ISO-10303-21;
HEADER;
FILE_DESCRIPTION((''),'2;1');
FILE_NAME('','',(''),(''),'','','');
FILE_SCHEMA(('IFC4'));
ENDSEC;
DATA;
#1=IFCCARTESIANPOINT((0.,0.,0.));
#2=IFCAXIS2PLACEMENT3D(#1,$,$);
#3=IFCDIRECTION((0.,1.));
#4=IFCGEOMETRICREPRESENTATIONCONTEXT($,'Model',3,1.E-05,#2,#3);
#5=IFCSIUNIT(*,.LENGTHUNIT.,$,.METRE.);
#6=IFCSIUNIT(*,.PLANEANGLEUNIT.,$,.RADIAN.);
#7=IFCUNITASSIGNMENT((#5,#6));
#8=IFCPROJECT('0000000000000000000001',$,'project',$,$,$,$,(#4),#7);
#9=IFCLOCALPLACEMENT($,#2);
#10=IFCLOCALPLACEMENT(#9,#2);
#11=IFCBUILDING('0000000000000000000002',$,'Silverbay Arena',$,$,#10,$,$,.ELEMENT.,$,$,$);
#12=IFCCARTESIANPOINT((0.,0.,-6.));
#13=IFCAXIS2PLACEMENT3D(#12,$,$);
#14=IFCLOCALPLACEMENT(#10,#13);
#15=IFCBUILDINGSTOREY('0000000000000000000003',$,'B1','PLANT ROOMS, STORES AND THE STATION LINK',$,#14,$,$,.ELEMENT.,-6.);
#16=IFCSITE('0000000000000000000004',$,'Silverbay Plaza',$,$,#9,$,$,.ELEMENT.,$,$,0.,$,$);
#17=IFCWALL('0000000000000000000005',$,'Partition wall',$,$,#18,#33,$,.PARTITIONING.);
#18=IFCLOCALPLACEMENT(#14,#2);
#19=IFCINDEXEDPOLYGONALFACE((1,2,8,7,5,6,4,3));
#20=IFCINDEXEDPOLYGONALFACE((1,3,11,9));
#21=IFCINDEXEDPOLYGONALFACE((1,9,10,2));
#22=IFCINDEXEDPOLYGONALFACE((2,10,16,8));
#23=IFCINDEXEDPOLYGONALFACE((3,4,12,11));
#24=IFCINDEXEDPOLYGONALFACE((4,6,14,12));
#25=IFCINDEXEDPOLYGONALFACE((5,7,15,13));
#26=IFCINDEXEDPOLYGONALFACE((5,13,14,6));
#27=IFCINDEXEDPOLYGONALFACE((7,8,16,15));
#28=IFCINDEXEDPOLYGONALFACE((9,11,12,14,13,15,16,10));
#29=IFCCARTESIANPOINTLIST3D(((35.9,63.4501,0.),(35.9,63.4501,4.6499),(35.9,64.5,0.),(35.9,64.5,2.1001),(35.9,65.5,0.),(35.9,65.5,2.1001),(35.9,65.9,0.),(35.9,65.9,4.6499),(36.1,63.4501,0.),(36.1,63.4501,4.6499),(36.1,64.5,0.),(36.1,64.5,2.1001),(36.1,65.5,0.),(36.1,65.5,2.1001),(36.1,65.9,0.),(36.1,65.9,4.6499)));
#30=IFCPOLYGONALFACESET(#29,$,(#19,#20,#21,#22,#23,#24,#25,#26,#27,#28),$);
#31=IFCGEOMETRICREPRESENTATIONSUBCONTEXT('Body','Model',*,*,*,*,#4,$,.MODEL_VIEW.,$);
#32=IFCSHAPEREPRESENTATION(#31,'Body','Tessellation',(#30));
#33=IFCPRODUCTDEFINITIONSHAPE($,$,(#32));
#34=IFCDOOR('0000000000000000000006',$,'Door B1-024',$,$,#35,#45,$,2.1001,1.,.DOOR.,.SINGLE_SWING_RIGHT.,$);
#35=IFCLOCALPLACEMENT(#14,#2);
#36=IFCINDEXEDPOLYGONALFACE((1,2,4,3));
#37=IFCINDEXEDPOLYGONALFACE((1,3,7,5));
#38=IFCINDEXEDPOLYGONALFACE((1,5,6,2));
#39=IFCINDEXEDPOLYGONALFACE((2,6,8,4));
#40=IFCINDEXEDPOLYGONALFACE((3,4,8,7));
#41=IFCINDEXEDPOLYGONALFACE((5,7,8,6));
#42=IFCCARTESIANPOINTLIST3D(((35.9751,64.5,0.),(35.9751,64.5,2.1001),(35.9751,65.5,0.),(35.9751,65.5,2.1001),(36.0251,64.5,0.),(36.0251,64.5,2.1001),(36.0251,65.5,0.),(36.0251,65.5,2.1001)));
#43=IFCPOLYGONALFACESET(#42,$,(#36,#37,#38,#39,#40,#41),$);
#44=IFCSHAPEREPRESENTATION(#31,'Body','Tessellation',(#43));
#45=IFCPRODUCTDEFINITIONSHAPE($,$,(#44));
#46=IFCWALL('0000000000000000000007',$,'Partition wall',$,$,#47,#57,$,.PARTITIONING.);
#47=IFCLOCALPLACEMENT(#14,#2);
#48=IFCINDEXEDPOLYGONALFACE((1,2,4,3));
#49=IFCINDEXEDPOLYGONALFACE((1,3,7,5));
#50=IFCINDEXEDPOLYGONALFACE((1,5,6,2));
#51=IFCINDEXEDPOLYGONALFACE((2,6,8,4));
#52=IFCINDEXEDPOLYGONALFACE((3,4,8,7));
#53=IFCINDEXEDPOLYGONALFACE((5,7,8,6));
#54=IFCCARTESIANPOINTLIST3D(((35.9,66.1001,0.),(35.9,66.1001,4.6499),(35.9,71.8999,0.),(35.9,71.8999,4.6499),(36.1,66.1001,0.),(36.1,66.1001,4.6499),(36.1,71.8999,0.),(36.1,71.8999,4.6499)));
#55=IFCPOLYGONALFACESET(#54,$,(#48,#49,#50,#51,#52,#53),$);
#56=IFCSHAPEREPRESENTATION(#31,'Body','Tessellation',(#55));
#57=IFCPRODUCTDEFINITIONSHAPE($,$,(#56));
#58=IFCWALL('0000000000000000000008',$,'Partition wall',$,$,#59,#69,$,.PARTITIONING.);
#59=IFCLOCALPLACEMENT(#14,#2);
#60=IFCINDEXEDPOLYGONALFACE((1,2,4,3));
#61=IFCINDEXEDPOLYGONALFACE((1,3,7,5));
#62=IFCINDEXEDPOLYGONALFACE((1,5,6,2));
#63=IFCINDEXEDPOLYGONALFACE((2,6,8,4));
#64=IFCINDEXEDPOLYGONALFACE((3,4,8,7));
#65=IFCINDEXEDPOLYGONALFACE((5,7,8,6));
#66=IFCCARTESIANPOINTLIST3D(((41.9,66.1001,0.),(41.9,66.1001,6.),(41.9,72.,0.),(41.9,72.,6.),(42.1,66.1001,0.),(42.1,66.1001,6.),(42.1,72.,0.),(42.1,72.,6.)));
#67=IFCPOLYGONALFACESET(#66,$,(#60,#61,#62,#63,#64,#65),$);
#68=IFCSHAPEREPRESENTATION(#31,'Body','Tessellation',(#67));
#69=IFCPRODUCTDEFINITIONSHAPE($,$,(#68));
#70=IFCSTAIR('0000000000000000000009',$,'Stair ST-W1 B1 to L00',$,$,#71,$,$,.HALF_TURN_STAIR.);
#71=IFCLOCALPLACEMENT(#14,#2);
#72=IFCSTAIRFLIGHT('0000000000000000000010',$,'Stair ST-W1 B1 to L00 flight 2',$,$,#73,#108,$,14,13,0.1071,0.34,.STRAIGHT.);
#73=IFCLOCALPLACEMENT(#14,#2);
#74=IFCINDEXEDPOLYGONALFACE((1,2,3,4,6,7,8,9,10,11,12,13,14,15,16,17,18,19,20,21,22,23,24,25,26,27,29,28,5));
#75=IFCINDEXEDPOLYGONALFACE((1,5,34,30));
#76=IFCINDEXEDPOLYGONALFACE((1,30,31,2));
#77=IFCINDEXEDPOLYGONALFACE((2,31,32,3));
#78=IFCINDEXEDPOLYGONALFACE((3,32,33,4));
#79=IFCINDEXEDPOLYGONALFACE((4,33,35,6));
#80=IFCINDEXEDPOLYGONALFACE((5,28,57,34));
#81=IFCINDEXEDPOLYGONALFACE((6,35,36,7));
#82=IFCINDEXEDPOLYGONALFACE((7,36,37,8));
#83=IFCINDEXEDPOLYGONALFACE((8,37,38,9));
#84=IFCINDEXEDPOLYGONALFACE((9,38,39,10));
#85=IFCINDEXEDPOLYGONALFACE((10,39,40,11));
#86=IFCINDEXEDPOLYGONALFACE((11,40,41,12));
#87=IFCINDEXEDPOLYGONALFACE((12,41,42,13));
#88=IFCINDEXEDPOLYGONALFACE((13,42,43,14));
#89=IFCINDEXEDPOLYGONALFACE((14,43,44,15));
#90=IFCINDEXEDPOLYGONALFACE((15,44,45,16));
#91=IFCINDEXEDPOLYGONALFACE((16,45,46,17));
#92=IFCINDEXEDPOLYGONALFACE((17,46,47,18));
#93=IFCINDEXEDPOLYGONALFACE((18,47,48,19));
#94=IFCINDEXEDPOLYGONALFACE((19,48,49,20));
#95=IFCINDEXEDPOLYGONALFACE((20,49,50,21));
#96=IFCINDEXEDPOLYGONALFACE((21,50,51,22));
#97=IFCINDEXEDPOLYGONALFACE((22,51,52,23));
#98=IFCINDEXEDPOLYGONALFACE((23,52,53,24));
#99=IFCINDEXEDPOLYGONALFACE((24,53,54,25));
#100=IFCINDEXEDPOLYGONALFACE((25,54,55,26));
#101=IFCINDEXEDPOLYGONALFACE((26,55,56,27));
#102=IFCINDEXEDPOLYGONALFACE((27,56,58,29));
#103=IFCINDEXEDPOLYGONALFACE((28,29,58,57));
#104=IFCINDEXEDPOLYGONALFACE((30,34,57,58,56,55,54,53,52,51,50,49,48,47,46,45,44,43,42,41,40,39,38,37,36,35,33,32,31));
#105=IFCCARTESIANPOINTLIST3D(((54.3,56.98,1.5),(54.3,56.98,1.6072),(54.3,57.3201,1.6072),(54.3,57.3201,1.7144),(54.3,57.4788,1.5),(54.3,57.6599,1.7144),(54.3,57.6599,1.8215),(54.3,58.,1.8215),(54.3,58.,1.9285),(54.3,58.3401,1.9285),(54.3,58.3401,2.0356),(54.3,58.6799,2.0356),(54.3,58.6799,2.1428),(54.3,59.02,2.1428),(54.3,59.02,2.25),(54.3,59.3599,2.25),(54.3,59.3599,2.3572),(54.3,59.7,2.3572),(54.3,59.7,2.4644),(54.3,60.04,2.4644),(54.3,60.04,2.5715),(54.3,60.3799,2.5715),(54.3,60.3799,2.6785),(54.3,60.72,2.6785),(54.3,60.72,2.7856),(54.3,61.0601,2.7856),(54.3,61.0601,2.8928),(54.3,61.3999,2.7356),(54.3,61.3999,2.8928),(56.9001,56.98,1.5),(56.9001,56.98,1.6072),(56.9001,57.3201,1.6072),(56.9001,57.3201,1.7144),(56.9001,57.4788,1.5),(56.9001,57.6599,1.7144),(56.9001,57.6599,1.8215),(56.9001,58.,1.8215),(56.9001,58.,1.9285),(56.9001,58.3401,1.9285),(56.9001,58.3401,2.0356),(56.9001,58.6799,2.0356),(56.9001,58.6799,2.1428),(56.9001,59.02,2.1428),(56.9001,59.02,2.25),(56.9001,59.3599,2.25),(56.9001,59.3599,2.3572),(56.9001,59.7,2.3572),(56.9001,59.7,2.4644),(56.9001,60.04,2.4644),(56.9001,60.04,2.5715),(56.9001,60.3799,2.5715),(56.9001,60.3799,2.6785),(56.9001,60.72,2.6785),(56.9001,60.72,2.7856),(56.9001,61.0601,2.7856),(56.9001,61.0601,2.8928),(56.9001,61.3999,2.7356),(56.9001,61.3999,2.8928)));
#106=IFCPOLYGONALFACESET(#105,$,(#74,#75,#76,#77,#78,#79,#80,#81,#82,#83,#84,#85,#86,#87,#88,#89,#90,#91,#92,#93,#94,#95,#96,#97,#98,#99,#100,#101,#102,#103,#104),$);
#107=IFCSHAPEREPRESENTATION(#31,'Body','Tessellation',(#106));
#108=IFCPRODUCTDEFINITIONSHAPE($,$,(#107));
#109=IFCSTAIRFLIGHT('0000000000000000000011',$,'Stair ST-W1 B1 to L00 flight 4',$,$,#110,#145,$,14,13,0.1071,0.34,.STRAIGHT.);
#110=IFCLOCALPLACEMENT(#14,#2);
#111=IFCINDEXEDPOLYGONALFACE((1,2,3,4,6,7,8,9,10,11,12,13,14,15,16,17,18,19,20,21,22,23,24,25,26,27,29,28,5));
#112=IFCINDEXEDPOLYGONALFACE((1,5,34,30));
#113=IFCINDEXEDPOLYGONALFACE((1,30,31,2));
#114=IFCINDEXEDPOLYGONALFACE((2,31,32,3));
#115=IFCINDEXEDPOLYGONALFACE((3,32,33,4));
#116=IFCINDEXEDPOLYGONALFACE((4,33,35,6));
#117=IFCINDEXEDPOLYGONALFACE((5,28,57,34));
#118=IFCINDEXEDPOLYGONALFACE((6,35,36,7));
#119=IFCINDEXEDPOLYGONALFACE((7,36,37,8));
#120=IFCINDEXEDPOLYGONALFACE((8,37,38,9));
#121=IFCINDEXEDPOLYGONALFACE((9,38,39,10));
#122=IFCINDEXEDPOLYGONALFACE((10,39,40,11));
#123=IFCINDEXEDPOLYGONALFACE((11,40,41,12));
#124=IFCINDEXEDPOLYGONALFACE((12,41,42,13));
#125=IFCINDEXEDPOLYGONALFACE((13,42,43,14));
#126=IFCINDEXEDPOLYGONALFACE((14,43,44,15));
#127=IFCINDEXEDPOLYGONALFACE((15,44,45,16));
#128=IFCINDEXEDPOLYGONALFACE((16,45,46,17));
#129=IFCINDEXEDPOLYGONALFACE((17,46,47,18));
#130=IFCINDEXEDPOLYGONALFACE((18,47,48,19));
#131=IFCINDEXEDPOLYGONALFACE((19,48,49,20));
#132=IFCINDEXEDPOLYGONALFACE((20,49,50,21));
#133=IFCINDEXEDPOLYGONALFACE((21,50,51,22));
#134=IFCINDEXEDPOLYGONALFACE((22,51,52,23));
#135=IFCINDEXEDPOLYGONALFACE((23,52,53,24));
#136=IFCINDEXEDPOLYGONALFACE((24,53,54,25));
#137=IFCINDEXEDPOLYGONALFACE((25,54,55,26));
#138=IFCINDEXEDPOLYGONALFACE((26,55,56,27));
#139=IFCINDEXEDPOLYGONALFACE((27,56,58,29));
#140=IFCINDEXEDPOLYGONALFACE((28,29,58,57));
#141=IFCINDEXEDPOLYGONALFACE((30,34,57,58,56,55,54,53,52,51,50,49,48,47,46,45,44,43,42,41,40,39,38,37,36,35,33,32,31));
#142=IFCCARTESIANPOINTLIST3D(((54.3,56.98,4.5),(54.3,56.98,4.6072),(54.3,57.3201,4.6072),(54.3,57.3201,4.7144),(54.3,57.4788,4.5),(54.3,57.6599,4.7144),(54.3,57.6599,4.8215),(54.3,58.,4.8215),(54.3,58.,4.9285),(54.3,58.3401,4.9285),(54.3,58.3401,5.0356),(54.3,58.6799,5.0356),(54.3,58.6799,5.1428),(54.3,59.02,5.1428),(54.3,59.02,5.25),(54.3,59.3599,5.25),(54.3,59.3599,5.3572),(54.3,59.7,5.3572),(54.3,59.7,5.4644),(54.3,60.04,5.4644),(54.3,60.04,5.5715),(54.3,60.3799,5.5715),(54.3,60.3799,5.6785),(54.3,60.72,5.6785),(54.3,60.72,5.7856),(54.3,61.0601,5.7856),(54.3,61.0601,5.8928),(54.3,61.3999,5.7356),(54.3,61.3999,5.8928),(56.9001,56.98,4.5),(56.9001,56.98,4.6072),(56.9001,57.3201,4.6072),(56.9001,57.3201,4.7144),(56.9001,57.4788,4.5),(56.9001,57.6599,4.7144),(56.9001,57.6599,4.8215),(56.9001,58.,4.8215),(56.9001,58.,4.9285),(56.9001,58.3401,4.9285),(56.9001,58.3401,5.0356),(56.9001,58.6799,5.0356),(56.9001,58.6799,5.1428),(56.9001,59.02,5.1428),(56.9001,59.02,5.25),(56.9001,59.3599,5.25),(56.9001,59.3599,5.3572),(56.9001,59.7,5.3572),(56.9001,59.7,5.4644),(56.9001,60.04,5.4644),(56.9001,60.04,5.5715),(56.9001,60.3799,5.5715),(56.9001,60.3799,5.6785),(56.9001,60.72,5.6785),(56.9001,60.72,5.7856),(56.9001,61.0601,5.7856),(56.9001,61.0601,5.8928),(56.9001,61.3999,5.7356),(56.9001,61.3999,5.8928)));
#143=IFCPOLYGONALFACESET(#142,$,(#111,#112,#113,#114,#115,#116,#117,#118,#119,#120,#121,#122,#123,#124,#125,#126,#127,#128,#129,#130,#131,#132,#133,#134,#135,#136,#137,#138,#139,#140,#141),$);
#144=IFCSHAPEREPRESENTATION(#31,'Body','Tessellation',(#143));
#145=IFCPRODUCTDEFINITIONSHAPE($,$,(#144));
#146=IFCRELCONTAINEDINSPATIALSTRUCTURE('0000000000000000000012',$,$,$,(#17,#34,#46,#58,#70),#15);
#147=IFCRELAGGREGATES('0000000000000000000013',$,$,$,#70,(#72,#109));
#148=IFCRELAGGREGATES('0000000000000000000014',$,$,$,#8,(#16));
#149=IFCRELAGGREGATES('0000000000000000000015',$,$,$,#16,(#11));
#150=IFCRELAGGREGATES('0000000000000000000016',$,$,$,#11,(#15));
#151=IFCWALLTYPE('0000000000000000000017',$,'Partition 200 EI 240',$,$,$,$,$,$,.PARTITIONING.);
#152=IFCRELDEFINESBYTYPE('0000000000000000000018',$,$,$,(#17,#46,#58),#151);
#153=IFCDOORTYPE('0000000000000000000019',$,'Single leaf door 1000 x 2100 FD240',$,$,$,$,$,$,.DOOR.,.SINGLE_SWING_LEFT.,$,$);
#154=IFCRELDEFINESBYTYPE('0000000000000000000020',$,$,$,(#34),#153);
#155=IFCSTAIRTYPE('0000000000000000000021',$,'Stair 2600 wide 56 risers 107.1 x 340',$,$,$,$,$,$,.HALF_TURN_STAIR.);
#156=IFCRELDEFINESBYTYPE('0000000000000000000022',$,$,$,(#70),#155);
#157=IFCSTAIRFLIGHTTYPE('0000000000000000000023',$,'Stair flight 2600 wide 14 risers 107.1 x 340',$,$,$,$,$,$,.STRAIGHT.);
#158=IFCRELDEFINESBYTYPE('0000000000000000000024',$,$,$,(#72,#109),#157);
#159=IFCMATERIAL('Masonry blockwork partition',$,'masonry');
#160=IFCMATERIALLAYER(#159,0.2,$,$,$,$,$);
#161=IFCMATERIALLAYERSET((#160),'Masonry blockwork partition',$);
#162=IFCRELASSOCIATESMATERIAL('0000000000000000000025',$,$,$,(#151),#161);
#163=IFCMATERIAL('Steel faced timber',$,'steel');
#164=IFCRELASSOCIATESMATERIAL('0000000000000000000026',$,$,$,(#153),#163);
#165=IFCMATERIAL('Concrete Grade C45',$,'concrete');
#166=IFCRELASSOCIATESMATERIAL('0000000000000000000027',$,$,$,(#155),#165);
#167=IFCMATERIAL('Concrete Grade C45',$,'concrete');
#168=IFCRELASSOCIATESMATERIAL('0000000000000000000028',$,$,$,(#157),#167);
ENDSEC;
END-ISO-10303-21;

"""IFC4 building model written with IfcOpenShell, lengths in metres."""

from ifc_helpers import new_model, si_unit, direction, frame, frame_2d, origin, place, context, subcontext, project, spatial, polyline, rectangle, outline, extrude, material, layer, layer_set, type_object, element, fill, aggregate, save


model = new_model("IFC4")

# Units and contexts
model_context = context("Model", 3, precision=1e-05, world=origin(), true_north=direction((0.0, 1.0)))
body_context = subcontext(model_context, "Body", "Model", "MODEL_VIEW")
ifc_project = project(units=[si_unit("LENGTHUNIT", "METRE"), si_unit("PLANEANGLEUNIT", "RADIAN")], contexts=[model_context])

# Site, building, storey
site_placement = place(None, origin())
site = spatial("IfcSite", under=ifc_project, at=site_placement, Name="Silverbay Plaza", CompositionType="ELEMENT", RefElevation=0.0)
building_placement = place(site_placement, origin())
building = spatial("IfcBuilding", under=site, at=building_placement, Name="Silverbay Arena", CompositionType="ELEMENT")
storey_placement = place(building_placement, frame((0.0, 0.0, -6.0)))
storey = spatial("IfcBuildingStorey", under=building, at=storey_placement, Name="B1", Description="PLANT ROOMS, STORES AND THE STATION LINK", CompositionType="ELEMENT", Elevation=-6.0)

# Shared definitions
ifc_material_1 = material(Name="Masonry blockwork partition", Category="masonry")
ifc_layer_1 = layer(ifc_material_1, 0.2)
ifc_layer_set_1 = layer_set([ifc_layer_1], Name="Masonry blockwork partition")
wall_type_1 = type_object("IfcWallType", Name="Partition 200 EI 240", PredefinedType="PARTITIONING", material=ifc_layer_set_1)

# Wall, opening, door
wall_1_placement = place(storey_placement, frame((36.0, 63.45, 0.0), z_axis=(0.0, 0.0, 1.0), x_axis=(0.0, 1.0, 0.0)))
wall_1 = element("IfcWall", 1, at=wall_1_placement, inside=storey, type_object=wall_type_1, Name="Partition wall", PredefinedType="PARTITIONING", context=body_context, shape_type="SweptSolid", body=[
    extrude(rectangle(XDim=2.45, YDim=0.2, at=frame_2d((1.2251, 0.0))), origin(), (0.0, 0.0, 1.0), 4.6499),
])
opening_1_placement = place(wall_1_placement, frame((1.05, 0.0, 0.0)))
opening_1 = element("IfcOpeningElement", 2, at=opening_1_placement, cuts=wall_1, PredefinedType="OPENING", context=body_context, shape_type="SweptSolid", body=[
    extrude(rectangle(XDim=1.0, YDim=2.1001, at=frame_2d((0.5, 1.05))), frame((0.0, 0.1099, 0.0), z_axis=(0.0, -1.0, 0.0), x_axis=(1.0, 0.0, 0.0)), (0.0, 0.0, 1.0), 0.22),
])
ifc_material_2 = material(Name="Steel faced timber", Category="steel")
door_type_1 = type_object("IfcDoorType", Name="Single leaf door 1000 x 2100 FD240", OperationType="SINGLE_SWING_LEFT", PredefinedType="DOOR", material=ifc_material_2)
door_1_placement = place(opening_1_placement, origin())
door_1 = element("IfcDoor", 3, at=door_1_placement, inside=storey, type_object=door_type_1, Name="Door B1-024", OperationType="SINGLE_SWING_RIGHT", OverallHeight=2.1001, OverallWidth=1.0, PredefinedType="DOOR", context=body_context, shape_type="SweptSolid", body=[
    extrude(rectangle(XDim=1.0, YDim=2.1001, at=frame_2d((0.5, 1.05))), frame((0.0, 0.0249, 0.0), z_axis=(0.0, -1.0, 0.0), x_axis=(1.0, 0.0, 0.0)), (0.0, 0.0, 1.0), 0.05),
])
fill(opening_1, door_1)

# Walls
wall_2_placement = place(storey_placement, frame((36.0, 66.1001, 0.0), z_axis=(0.0, 0.0, 1.0), x_axis=(0.0, 1.0, 0.0)))
element("IfcWall", 4, at=wall_2_placement, inside=storey, type_object=wall_type_1, Name="Partition wall", PredefinedType="PARTITIONING", context=body_context, shape_type="SweptSolid", body=[
    extrude(rectangle(XDim=5.7998, YDim=0.2, at=frame_2d((2.8999, 0.0))), origin(), (0.0, 0.0, 1.0), 4.6499),
])
wall_3_placement = place(storey_placement, frame((42.0, 66.1001, 0.0), z_axis=(0.0, 0.0, 1.0), x_axis=(0.0, 1.0, 0.0)))
element("IfcWall", 5, at=wall_3_placement, inside=storey, type_object=wall_type_1, Name="Partition wall", PredefinedType="PARTITIONING", context=body_context, shape_type="SweptSolid", body=[
    extrude(rectangle(XDim=5.8999, YDim=0.2, at=frame_2d((2.95, 0.0))), origin(), (0.0, 0.0, 1.0), 6.0),
])

# Stair, stair flights
ifc_material_3 = material(Name="Concrete Grade C45", Category="concrete")
stair_type = type_object("IfcStairType", Name="Stair 2600 wide 56 risers 107.1 x 340", PredefinedType="HALF_TURN_STAIR", material=ifc_material_3)
stair_placement = place(storey_placement, origin())
stair = element("IfcStair", 6, at=stair_placement, inside=storey, type_object=stair_type, Name="Stair ST-W1 B1 to L00", PredefinedType="HALF_TURN_STAIR")
ifc_material_4 = material(Name="Concrete Grade C45", Category="concrete")
stair_flight_type = type_object("IfcStairFlightType", Name="Stair flight 2600 wide 14 risers 107.1 x 340", PredefinedType="STRAIGHT", material=ifc_material_4)
stair_flight_1_placement = place(storey_placement, frame((55.6001, 56.98, 1.5), z_axis=(0.0, 0.0, 1.0), x_axis=(0.0, 1.0, 0.0)))
stair_flight_1 = element("IfcStairFlight", 7, at=stair_flight_1_placement, type_object=stair_flight_type, Name="Stair ST-W1 B1 to L00 flight 2", NumberOfRisers=14, NumberOfTreads=13, PredefinedType="STRAIGHT", RiserHeight=0.1071, TreadLength=0.34, context=body_context, shape_type="SweptSolid", body=[
    extrude(outline(polyline([(0.0, 0.0), (0.0, 0.1072), (0.3401, 0.1072), (0.3401, 0.2144), (0.6799, 0.2144), (0.6799, 0.3215), (1.02, 0.3215), (1.02, 0.4285), (1.3601, 0.4285), (1.3601, 0.5356), (1.7, 0.5356), (1.7, 0.6428), (2.04, 0.6428), (2.04, 0.75), (2.3799, 0.75), (2.3799, 0.8572), (2.72, 0.8572), (2.72, 0.9644), (3.0601, 0.9644), (3.0601, 1.0715), (3.3999, 1.0715), (3.3999, 1.1785), (3.74, 1.1785), (3.74, 1.2856), (4.0801, 1.2856), (4.0801, 1.3928), (4.4199, 1.3928), (4.4199, 1.2356), (0.4988, 0.0), (0.0, 0.0)])), frame((0.0, 1.3, 0.0), z_axis=(0.0, -1.0, 0.0), x_axis=(1.0, 0.0, 0.0)), (0.0, 0.0, 1.0), 2.6001),
])
stair_flight_2_placement = place(storey_placement, frame((55.6001, 56.98, 4.5), z_axis=(0.0, 0.0, 1.0), x_axis=(0.0, 1.0, 0.0)))
stair_flight_2 = element("IfcStairFlight", 8, at=stair_flight_2_placement, type_object=stair_flight_type, Name="Stair ST-W1 B1 to L00 flight 4", NumberOfRisers=14, NumberOfTreads=13, PredefinedType="STRAIGHT", RiserHeight=0.1071, TreadLength=0.34, context=body_context, shape_type="SweptSolid", body=[
    extrude(outline(polyline([(0.0, 0.0), (0.0, 0.1072), (0.3401, 0.1072), (0.3401, 0.2144), (0.6799, 0.2144), (0.6799, 0.3215), (1.02, 0.3215), (1.02, 0.4285), (1.3601, 0.4285), (1.3601, 0.5356), (1.7, 0.5356), (1.7, 0.6428), (2.04, 0.6428), (2.04, 0.75), (2.3799, 0.75), (2.3799, 0.8572), (2.72, 0.8572), (2.72, 0.9644), (3.0601, 0.9644), (3.0601, 1.0715), (3.3999, 1.0715), (3.3999, 1.1785), (3.74, 1.1785), (3.74, 1.2856), (4.0801, 1.2856), (4.0801, 1.3928), (4.4199, 1.3928), (4.4199, 1.2356), (0.4988, 0.0), (0.0, 0.0)])), frame((0.0, 1.3, 0.0), z_axis=(0.0, -1.0, 0.0), x_axis=(1.0, 0.0, 0.0)), (0.0, 0.0, 1.0), 2.6001),
])
aggregate(stair, [stair_flight_1, stair_flight_2])

save(model, "model.ifc")
